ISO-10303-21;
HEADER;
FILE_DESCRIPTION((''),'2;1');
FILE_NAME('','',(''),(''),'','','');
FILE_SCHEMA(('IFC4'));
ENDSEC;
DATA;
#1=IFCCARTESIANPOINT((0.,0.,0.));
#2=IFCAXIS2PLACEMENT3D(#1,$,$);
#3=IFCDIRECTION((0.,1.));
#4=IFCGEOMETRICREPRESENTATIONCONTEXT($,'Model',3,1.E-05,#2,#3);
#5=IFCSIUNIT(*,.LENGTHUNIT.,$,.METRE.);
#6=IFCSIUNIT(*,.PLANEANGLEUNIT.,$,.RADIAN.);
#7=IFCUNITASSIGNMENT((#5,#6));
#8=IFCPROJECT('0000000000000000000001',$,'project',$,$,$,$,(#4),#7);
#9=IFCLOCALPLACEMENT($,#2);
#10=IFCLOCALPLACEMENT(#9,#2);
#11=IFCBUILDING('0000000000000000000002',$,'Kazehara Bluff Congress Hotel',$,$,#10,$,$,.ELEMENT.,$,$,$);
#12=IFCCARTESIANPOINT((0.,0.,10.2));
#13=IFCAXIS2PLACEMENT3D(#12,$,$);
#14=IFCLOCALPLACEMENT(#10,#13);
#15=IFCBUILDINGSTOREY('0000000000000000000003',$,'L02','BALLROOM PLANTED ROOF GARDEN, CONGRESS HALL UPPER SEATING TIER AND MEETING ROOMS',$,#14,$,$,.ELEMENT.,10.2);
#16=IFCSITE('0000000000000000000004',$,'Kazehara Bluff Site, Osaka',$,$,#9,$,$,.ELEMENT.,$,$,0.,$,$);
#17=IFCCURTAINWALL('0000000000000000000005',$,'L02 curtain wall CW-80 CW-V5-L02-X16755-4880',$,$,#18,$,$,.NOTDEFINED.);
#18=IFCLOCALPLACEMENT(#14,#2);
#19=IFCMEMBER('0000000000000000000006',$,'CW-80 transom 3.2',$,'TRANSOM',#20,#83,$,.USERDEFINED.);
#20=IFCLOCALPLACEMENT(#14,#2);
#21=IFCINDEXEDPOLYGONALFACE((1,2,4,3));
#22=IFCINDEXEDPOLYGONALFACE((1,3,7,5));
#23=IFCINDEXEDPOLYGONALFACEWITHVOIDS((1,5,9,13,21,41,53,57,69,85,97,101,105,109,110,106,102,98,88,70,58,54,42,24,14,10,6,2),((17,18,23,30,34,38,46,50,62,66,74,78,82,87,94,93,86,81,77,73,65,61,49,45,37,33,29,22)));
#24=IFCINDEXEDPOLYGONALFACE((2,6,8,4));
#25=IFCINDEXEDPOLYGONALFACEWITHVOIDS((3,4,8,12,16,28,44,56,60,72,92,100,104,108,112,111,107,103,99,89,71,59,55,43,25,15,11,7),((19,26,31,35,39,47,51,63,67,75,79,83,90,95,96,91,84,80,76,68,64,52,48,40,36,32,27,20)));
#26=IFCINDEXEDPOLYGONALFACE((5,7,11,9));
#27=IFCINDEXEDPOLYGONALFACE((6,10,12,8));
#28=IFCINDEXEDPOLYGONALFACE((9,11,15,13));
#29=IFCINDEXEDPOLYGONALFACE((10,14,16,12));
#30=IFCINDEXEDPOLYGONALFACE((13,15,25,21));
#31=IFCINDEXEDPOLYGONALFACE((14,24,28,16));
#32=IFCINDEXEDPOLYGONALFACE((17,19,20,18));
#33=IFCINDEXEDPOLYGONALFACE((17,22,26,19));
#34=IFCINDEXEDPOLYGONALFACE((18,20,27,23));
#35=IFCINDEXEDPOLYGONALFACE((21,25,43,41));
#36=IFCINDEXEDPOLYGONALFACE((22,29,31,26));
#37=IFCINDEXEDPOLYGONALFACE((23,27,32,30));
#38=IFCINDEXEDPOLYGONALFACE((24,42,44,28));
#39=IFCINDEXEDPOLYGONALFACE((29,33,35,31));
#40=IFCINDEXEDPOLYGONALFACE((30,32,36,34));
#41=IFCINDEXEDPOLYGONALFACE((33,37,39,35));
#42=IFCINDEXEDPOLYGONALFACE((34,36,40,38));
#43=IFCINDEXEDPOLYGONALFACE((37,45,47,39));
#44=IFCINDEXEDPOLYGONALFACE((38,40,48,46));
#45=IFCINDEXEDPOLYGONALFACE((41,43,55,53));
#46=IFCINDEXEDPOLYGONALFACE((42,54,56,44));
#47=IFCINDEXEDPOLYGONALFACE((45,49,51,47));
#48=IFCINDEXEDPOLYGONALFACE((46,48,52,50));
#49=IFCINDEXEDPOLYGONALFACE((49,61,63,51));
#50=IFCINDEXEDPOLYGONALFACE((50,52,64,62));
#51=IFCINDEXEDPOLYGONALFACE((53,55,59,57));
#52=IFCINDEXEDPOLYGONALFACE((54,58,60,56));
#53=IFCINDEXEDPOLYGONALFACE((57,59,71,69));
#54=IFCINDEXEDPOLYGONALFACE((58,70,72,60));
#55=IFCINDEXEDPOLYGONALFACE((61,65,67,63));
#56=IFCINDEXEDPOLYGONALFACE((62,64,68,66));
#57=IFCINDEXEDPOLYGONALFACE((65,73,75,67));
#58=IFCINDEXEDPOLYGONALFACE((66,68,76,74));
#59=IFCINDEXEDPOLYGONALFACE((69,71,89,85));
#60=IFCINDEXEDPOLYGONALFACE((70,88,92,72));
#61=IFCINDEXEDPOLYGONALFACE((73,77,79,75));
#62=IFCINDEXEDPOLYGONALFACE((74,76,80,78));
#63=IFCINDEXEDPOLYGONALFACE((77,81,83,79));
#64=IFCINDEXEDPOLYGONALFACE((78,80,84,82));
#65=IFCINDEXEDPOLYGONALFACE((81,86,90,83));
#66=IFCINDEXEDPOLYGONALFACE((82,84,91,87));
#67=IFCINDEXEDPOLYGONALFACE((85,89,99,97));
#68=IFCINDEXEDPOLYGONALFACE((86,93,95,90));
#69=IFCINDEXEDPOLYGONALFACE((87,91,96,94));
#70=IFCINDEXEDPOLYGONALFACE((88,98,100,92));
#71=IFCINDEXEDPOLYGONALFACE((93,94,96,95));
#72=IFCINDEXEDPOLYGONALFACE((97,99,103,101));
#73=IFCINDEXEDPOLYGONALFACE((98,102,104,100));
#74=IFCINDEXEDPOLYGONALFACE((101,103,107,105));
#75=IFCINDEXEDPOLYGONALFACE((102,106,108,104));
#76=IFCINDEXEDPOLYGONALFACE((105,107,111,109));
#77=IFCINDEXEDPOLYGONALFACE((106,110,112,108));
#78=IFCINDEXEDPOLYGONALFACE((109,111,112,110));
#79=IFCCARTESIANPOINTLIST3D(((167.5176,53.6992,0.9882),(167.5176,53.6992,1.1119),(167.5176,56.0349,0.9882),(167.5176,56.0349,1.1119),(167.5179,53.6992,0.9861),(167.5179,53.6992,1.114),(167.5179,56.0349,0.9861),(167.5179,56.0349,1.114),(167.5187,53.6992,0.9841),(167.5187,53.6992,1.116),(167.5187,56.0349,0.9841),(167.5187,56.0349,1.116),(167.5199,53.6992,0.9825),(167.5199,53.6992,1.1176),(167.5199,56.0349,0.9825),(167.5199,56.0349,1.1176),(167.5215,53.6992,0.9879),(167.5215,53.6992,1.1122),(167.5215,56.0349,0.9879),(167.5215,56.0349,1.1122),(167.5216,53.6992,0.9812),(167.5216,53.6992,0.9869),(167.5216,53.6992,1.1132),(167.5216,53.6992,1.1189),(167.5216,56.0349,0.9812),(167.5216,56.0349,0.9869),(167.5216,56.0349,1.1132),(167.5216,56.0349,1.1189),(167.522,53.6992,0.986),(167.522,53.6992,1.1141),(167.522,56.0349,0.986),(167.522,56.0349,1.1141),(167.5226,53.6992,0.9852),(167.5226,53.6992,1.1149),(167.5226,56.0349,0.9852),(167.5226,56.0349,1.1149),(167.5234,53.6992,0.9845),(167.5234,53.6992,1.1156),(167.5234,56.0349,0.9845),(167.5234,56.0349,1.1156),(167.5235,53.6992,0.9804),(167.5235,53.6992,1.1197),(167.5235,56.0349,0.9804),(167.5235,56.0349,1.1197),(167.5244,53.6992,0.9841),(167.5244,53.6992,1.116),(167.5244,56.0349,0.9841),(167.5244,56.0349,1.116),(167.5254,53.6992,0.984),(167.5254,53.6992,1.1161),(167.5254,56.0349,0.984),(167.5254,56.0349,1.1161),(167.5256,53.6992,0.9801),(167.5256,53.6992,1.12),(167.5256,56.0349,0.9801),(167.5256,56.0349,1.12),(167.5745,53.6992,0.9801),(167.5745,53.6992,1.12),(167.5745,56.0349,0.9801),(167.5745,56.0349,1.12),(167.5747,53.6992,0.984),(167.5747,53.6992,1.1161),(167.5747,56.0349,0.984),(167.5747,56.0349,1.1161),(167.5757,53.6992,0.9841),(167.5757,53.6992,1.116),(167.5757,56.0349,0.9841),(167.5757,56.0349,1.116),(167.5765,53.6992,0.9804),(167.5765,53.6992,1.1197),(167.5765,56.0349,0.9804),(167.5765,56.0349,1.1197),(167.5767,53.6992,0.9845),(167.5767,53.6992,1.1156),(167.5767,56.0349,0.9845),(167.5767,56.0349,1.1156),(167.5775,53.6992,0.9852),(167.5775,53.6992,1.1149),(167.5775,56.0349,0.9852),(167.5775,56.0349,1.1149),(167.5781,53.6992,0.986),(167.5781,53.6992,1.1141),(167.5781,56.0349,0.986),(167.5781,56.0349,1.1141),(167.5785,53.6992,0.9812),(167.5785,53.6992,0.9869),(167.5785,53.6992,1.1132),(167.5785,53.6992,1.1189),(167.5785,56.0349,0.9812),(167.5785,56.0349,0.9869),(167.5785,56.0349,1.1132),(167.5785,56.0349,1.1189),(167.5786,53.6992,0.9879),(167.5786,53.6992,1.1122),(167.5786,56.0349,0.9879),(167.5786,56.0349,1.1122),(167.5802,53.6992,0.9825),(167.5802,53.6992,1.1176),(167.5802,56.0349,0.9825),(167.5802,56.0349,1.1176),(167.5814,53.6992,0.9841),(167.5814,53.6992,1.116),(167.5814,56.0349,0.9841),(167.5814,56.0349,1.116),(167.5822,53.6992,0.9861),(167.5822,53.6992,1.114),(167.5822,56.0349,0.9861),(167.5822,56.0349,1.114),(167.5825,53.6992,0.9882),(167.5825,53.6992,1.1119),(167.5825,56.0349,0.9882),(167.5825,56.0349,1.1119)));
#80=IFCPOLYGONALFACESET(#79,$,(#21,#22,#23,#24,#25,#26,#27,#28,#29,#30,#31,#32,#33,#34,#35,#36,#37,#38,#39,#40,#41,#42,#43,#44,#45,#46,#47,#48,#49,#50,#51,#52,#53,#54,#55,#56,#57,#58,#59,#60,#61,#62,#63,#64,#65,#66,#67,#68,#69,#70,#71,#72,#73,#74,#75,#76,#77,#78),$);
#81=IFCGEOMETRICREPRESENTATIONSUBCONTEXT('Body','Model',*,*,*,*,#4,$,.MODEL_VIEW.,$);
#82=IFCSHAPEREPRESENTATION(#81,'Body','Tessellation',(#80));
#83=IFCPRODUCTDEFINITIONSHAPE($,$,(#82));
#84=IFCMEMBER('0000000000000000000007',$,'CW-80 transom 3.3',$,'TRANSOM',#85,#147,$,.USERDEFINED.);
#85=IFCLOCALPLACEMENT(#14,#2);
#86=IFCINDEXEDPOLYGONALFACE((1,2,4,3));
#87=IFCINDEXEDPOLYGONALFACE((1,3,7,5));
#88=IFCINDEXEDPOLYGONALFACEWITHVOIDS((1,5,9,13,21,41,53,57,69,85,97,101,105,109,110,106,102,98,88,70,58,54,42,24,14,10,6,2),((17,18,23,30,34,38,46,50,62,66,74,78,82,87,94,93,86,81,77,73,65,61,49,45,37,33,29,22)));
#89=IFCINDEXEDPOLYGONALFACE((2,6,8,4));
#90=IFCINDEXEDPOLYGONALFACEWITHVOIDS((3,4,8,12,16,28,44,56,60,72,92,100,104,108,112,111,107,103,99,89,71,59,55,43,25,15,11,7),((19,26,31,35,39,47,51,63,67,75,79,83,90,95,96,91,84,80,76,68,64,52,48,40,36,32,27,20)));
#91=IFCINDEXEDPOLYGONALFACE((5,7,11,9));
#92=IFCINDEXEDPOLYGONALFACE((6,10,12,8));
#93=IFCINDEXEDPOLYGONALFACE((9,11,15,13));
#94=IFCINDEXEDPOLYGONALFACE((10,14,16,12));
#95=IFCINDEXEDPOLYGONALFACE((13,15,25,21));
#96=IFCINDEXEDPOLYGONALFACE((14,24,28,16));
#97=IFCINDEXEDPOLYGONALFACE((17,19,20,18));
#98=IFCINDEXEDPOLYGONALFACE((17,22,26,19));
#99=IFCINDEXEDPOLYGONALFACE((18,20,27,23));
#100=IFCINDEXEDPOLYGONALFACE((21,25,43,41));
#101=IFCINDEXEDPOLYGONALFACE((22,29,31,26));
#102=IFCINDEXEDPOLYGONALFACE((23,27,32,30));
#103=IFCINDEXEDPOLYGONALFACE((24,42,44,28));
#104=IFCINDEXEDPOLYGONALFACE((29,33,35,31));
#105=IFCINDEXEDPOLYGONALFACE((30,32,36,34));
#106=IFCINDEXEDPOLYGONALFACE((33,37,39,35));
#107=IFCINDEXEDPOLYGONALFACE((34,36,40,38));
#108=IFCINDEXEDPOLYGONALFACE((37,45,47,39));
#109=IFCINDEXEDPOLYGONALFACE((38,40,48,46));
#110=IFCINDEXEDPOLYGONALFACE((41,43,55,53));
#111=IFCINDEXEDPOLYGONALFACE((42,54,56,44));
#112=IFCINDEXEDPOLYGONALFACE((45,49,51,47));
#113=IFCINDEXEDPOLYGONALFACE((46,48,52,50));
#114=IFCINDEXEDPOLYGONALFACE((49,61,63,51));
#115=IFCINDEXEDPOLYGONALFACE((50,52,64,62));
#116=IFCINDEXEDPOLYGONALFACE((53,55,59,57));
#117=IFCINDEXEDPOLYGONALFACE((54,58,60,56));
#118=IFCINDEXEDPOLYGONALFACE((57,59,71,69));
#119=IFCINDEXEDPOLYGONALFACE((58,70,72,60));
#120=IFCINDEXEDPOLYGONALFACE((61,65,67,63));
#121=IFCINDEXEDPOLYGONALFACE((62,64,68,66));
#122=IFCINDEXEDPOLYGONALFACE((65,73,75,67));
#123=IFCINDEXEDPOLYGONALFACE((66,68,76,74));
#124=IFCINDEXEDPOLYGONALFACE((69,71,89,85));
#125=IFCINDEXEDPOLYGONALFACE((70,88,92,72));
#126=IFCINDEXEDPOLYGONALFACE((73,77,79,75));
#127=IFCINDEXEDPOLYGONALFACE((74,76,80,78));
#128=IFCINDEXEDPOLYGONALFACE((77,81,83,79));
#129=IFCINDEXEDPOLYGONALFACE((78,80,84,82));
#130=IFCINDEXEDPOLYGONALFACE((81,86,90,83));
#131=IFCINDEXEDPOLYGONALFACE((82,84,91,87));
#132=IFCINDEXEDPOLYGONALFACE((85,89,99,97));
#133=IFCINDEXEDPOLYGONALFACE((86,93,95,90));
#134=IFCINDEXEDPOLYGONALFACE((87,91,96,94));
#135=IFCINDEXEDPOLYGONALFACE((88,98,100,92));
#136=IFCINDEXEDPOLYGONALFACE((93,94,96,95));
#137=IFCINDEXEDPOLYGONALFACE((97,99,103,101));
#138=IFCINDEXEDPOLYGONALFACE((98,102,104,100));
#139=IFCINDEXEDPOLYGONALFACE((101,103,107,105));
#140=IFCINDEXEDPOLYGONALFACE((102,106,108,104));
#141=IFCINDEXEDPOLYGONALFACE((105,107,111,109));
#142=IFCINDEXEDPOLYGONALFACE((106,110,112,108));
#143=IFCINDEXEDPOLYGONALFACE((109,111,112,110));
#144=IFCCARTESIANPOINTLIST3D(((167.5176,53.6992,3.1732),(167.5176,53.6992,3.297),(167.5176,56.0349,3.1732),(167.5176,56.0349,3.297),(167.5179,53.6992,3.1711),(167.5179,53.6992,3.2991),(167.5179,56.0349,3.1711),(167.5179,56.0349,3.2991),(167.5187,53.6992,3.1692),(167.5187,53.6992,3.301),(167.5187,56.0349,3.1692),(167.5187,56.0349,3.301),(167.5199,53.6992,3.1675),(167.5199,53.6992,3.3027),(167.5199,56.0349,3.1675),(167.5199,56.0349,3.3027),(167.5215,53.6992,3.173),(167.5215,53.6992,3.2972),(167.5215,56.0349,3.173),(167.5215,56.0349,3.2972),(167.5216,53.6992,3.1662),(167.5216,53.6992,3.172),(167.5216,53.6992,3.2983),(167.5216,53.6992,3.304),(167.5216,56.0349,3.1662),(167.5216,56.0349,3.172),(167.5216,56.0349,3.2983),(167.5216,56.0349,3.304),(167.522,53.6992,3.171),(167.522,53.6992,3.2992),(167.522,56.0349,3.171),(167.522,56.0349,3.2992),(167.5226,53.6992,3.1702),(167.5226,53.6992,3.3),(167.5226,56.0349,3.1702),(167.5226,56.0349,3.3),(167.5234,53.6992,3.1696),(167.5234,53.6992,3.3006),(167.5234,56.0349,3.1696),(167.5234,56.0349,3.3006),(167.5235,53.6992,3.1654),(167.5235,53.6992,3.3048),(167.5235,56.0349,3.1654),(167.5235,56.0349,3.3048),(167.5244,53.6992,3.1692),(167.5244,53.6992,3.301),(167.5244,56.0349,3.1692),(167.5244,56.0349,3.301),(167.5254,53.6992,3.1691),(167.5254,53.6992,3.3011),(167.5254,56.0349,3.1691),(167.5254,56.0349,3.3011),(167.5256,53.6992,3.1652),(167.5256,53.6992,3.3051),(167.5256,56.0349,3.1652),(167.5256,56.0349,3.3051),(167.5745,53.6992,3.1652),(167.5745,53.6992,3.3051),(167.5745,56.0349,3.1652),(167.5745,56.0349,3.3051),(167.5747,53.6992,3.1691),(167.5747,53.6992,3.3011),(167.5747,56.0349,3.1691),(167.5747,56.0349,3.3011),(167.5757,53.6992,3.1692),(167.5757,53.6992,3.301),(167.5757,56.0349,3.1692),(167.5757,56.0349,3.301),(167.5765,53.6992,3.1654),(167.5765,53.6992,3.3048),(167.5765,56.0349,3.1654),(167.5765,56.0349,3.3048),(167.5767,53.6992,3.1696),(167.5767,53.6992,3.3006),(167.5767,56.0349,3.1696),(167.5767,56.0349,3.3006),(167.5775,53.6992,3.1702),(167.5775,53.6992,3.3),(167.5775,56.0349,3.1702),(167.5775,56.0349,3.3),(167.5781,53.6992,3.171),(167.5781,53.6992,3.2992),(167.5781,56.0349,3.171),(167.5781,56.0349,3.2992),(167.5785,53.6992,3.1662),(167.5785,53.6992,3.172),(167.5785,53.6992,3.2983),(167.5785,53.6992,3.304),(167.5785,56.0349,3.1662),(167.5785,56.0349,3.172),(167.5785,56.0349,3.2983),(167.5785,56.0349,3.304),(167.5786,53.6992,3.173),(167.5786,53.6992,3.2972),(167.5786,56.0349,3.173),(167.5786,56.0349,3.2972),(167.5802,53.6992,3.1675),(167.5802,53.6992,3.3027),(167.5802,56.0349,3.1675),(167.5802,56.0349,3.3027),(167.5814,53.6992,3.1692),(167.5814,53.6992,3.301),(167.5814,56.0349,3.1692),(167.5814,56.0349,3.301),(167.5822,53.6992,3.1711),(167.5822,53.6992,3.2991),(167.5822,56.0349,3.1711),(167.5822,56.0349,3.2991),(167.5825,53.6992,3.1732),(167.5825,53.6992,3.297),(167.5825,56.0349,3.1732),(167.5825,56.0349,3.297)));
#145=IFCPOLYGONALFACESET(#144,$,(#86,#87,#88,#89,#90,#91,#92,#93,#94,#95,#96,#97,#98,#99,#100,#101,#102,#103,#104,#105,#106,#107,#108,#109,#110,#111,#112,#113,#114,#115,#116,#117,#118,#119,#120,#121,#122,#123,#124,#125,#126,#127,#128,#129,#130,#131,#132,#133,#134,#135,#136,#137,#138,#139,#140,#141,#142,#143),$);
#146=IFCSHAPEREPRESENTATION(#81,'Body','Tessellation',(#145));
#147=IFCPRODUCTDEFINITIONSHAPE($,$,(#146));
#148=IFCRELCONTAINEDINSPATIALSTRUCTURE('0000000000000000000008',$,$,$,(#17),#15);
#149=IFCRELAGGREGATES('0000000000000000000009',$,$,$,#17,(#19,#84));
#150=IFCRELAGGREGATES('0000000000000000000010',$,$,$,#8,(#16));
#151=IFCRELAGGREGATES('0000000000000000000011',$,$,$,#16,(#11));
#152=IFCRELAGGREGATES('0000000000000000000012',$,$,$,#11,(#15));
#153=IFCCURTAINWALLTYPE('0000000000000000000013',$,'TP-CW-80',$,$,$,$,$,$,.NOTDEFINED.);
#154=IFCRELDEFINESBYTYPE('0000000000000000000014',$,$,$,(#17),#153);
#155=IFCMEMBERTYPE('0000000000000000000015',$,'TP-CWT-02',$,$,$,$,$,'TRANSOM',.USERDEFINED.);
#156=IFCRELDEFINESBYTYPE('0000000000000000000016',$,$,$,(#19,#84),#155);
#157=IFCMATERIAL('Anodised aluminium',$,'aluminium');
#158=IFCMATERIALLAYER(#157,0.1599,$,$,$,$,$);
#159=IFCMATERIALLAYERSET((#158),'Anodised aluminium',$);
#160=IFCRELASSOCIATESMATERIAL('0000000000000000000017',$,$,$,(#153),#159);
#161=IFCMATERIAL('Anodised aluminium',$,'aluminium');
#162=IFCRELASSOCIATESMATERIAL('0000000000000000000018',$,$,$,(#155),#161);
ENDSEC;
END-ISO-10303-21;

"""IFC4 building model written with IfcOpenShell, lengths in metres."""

from ifc_helpers import new_model, si_unit, direction, frame, origin, origin_2d, place, context, subcontext, project, spatial, hollow_rectangle, extrude, material, layer, layer_set, material_profile, profile_set, type_object, element, aggregate, save


model = new_model("IFC4")

# Units and contexts
model_context = context("Model", 3, precision=1e-05, world=origin(), true_north=direction((0.0, 1.0)))
body_context = subcontext(model_context, "Body", "Model", "MODEL_VIEW")
ifc_project = project(units=[si_unit("LENGTHUNIT", "METRE"), si_unit("PLANEANGLEUNIT", "RADIAN")], contexts=[model_context])

# Site, building, storey
site_placement = place(None, origin())
site = spatial("IfcSite", under=ifc_project, at=site_placement, Name="Kazehara Bluff Site, Osaka", CompositionType="ELEMENT", RefElevation=0.0)
building_placement = place(site_placement, origin())
building = spatial("IfcBuilding", under=site, at=building_placement, Name="Kazehara Bluff Congress Hotel", CompositionType="ELEMENT")
storey_placement = place(building_placement, frame((0.0, 0.0, 10.2)))
storey = spatial("IfcBuildingStorey", under=building, at=storey_placement, Name="L02", Description="BALLROOM PLANTED ROOF GARDEN, CONGRESS HALL UPPER SEATING TIER AND MEETING ROOMS", CompositionType="ELEMENT", Elevation=10.2)

# Curtain wall, members
ifc_material_1 = material(Name="Anodised aluminium", Category="aluminium")
ifc_layer_1 = layer(ifc_material_1, 0.1599)
ifc_layer_set_1 = layer_set([ifc_layer_1], Name="Anodised aluminium")
curtain_wall_type_1 = type_object("IfcCurtainWallType", Name="TP-CW-80", PredefinedType="NOTDEFINED", material=ifc_layer_set_1)
curtain_wall_1_placement = place(storey_placement, origin())
curtain_wall_1 = element("IfcCurtainWall", 1, at=curtain_wall_1_placement, inside=storey, type_object=curtain_wall_type_1, Name="L02 curtain wall CW-80 CW-V5-L02-X16755-4880", PredefinedType="NOTDEFINED")
ifc_material_2 = material(Name="Anodised aluminium", Category="aluminium")
ifc_material_profile_1 = material_profile(ifc_material_2, hollow_rectangle(XDim=0.0649, YDim=0.1399, WallThickness=0.0039, InnerFilletRadius=0.0039, OuterFilletRadius=0.0081, at=origin_2d()))
ifc_profile_set_1 = profile_set([ifc_material_profile_1], Name="Anodised aluminium")
member_type_1 = type_object("IfcMemberType", Name="TP-CWT-02", ElementType="TRANSOM", PredefinedType="USERDEFINED", material=ifc_profile_set_1)
member_1_placement = place(storey_placement, frame((167.55, 53.6992, 1.05), z_axis=(0.0, 1.0, 0.0), x_axis=(-1.0, 0.0, 0.0)))
member_1 = element("IfcMember", 2, at=member_1_placement, type_object=member_type_1, Name="CW-80 transom 3.2", ObjectType="TRANSOM", PredefinedType="USERDEFINED", context=body_context, shape_type="SweptSolid", body=[
    extrude(hollow_rectangle(XDim=0.0649, YDim=0.1399, WallThickness=0.0039, InnerFilletRadius=0.0039, OuterFilletRadius=0.0081, at=origin_2d()), origin(), (0.0, 0.0, 1.0), 2.3357),
])
member_2_placement = place(storey_placement, frame((167.55, 53.6992, 3.2351), z_axis=(0.0, 1.0, 0.0), x_axis=(-1.0, 0.0, 0.0)))
member_2 = element("IfcMember", 3, at=member_2_placement, type_object=member_type_1, Name="CW-80 transom 3.3", ObjectType="TRANSOM", PredefinedType="USERDEFINED", context=body_context, shape_type="SweptSolid", body=[
    extrude(hollow_rectangle(XDim=0.0649, YDim=0.1399, WallThickness=0.0039, InnerFilletRadius=0.0039, OuterFilletRadius=0.0081, at=origin_2d()), origin(), (0.0, 0.0, 1.0), 2.3357),
])

aggregate(curtain_wall_1, [member_1, member_2])

save(model, "model.ifc")
